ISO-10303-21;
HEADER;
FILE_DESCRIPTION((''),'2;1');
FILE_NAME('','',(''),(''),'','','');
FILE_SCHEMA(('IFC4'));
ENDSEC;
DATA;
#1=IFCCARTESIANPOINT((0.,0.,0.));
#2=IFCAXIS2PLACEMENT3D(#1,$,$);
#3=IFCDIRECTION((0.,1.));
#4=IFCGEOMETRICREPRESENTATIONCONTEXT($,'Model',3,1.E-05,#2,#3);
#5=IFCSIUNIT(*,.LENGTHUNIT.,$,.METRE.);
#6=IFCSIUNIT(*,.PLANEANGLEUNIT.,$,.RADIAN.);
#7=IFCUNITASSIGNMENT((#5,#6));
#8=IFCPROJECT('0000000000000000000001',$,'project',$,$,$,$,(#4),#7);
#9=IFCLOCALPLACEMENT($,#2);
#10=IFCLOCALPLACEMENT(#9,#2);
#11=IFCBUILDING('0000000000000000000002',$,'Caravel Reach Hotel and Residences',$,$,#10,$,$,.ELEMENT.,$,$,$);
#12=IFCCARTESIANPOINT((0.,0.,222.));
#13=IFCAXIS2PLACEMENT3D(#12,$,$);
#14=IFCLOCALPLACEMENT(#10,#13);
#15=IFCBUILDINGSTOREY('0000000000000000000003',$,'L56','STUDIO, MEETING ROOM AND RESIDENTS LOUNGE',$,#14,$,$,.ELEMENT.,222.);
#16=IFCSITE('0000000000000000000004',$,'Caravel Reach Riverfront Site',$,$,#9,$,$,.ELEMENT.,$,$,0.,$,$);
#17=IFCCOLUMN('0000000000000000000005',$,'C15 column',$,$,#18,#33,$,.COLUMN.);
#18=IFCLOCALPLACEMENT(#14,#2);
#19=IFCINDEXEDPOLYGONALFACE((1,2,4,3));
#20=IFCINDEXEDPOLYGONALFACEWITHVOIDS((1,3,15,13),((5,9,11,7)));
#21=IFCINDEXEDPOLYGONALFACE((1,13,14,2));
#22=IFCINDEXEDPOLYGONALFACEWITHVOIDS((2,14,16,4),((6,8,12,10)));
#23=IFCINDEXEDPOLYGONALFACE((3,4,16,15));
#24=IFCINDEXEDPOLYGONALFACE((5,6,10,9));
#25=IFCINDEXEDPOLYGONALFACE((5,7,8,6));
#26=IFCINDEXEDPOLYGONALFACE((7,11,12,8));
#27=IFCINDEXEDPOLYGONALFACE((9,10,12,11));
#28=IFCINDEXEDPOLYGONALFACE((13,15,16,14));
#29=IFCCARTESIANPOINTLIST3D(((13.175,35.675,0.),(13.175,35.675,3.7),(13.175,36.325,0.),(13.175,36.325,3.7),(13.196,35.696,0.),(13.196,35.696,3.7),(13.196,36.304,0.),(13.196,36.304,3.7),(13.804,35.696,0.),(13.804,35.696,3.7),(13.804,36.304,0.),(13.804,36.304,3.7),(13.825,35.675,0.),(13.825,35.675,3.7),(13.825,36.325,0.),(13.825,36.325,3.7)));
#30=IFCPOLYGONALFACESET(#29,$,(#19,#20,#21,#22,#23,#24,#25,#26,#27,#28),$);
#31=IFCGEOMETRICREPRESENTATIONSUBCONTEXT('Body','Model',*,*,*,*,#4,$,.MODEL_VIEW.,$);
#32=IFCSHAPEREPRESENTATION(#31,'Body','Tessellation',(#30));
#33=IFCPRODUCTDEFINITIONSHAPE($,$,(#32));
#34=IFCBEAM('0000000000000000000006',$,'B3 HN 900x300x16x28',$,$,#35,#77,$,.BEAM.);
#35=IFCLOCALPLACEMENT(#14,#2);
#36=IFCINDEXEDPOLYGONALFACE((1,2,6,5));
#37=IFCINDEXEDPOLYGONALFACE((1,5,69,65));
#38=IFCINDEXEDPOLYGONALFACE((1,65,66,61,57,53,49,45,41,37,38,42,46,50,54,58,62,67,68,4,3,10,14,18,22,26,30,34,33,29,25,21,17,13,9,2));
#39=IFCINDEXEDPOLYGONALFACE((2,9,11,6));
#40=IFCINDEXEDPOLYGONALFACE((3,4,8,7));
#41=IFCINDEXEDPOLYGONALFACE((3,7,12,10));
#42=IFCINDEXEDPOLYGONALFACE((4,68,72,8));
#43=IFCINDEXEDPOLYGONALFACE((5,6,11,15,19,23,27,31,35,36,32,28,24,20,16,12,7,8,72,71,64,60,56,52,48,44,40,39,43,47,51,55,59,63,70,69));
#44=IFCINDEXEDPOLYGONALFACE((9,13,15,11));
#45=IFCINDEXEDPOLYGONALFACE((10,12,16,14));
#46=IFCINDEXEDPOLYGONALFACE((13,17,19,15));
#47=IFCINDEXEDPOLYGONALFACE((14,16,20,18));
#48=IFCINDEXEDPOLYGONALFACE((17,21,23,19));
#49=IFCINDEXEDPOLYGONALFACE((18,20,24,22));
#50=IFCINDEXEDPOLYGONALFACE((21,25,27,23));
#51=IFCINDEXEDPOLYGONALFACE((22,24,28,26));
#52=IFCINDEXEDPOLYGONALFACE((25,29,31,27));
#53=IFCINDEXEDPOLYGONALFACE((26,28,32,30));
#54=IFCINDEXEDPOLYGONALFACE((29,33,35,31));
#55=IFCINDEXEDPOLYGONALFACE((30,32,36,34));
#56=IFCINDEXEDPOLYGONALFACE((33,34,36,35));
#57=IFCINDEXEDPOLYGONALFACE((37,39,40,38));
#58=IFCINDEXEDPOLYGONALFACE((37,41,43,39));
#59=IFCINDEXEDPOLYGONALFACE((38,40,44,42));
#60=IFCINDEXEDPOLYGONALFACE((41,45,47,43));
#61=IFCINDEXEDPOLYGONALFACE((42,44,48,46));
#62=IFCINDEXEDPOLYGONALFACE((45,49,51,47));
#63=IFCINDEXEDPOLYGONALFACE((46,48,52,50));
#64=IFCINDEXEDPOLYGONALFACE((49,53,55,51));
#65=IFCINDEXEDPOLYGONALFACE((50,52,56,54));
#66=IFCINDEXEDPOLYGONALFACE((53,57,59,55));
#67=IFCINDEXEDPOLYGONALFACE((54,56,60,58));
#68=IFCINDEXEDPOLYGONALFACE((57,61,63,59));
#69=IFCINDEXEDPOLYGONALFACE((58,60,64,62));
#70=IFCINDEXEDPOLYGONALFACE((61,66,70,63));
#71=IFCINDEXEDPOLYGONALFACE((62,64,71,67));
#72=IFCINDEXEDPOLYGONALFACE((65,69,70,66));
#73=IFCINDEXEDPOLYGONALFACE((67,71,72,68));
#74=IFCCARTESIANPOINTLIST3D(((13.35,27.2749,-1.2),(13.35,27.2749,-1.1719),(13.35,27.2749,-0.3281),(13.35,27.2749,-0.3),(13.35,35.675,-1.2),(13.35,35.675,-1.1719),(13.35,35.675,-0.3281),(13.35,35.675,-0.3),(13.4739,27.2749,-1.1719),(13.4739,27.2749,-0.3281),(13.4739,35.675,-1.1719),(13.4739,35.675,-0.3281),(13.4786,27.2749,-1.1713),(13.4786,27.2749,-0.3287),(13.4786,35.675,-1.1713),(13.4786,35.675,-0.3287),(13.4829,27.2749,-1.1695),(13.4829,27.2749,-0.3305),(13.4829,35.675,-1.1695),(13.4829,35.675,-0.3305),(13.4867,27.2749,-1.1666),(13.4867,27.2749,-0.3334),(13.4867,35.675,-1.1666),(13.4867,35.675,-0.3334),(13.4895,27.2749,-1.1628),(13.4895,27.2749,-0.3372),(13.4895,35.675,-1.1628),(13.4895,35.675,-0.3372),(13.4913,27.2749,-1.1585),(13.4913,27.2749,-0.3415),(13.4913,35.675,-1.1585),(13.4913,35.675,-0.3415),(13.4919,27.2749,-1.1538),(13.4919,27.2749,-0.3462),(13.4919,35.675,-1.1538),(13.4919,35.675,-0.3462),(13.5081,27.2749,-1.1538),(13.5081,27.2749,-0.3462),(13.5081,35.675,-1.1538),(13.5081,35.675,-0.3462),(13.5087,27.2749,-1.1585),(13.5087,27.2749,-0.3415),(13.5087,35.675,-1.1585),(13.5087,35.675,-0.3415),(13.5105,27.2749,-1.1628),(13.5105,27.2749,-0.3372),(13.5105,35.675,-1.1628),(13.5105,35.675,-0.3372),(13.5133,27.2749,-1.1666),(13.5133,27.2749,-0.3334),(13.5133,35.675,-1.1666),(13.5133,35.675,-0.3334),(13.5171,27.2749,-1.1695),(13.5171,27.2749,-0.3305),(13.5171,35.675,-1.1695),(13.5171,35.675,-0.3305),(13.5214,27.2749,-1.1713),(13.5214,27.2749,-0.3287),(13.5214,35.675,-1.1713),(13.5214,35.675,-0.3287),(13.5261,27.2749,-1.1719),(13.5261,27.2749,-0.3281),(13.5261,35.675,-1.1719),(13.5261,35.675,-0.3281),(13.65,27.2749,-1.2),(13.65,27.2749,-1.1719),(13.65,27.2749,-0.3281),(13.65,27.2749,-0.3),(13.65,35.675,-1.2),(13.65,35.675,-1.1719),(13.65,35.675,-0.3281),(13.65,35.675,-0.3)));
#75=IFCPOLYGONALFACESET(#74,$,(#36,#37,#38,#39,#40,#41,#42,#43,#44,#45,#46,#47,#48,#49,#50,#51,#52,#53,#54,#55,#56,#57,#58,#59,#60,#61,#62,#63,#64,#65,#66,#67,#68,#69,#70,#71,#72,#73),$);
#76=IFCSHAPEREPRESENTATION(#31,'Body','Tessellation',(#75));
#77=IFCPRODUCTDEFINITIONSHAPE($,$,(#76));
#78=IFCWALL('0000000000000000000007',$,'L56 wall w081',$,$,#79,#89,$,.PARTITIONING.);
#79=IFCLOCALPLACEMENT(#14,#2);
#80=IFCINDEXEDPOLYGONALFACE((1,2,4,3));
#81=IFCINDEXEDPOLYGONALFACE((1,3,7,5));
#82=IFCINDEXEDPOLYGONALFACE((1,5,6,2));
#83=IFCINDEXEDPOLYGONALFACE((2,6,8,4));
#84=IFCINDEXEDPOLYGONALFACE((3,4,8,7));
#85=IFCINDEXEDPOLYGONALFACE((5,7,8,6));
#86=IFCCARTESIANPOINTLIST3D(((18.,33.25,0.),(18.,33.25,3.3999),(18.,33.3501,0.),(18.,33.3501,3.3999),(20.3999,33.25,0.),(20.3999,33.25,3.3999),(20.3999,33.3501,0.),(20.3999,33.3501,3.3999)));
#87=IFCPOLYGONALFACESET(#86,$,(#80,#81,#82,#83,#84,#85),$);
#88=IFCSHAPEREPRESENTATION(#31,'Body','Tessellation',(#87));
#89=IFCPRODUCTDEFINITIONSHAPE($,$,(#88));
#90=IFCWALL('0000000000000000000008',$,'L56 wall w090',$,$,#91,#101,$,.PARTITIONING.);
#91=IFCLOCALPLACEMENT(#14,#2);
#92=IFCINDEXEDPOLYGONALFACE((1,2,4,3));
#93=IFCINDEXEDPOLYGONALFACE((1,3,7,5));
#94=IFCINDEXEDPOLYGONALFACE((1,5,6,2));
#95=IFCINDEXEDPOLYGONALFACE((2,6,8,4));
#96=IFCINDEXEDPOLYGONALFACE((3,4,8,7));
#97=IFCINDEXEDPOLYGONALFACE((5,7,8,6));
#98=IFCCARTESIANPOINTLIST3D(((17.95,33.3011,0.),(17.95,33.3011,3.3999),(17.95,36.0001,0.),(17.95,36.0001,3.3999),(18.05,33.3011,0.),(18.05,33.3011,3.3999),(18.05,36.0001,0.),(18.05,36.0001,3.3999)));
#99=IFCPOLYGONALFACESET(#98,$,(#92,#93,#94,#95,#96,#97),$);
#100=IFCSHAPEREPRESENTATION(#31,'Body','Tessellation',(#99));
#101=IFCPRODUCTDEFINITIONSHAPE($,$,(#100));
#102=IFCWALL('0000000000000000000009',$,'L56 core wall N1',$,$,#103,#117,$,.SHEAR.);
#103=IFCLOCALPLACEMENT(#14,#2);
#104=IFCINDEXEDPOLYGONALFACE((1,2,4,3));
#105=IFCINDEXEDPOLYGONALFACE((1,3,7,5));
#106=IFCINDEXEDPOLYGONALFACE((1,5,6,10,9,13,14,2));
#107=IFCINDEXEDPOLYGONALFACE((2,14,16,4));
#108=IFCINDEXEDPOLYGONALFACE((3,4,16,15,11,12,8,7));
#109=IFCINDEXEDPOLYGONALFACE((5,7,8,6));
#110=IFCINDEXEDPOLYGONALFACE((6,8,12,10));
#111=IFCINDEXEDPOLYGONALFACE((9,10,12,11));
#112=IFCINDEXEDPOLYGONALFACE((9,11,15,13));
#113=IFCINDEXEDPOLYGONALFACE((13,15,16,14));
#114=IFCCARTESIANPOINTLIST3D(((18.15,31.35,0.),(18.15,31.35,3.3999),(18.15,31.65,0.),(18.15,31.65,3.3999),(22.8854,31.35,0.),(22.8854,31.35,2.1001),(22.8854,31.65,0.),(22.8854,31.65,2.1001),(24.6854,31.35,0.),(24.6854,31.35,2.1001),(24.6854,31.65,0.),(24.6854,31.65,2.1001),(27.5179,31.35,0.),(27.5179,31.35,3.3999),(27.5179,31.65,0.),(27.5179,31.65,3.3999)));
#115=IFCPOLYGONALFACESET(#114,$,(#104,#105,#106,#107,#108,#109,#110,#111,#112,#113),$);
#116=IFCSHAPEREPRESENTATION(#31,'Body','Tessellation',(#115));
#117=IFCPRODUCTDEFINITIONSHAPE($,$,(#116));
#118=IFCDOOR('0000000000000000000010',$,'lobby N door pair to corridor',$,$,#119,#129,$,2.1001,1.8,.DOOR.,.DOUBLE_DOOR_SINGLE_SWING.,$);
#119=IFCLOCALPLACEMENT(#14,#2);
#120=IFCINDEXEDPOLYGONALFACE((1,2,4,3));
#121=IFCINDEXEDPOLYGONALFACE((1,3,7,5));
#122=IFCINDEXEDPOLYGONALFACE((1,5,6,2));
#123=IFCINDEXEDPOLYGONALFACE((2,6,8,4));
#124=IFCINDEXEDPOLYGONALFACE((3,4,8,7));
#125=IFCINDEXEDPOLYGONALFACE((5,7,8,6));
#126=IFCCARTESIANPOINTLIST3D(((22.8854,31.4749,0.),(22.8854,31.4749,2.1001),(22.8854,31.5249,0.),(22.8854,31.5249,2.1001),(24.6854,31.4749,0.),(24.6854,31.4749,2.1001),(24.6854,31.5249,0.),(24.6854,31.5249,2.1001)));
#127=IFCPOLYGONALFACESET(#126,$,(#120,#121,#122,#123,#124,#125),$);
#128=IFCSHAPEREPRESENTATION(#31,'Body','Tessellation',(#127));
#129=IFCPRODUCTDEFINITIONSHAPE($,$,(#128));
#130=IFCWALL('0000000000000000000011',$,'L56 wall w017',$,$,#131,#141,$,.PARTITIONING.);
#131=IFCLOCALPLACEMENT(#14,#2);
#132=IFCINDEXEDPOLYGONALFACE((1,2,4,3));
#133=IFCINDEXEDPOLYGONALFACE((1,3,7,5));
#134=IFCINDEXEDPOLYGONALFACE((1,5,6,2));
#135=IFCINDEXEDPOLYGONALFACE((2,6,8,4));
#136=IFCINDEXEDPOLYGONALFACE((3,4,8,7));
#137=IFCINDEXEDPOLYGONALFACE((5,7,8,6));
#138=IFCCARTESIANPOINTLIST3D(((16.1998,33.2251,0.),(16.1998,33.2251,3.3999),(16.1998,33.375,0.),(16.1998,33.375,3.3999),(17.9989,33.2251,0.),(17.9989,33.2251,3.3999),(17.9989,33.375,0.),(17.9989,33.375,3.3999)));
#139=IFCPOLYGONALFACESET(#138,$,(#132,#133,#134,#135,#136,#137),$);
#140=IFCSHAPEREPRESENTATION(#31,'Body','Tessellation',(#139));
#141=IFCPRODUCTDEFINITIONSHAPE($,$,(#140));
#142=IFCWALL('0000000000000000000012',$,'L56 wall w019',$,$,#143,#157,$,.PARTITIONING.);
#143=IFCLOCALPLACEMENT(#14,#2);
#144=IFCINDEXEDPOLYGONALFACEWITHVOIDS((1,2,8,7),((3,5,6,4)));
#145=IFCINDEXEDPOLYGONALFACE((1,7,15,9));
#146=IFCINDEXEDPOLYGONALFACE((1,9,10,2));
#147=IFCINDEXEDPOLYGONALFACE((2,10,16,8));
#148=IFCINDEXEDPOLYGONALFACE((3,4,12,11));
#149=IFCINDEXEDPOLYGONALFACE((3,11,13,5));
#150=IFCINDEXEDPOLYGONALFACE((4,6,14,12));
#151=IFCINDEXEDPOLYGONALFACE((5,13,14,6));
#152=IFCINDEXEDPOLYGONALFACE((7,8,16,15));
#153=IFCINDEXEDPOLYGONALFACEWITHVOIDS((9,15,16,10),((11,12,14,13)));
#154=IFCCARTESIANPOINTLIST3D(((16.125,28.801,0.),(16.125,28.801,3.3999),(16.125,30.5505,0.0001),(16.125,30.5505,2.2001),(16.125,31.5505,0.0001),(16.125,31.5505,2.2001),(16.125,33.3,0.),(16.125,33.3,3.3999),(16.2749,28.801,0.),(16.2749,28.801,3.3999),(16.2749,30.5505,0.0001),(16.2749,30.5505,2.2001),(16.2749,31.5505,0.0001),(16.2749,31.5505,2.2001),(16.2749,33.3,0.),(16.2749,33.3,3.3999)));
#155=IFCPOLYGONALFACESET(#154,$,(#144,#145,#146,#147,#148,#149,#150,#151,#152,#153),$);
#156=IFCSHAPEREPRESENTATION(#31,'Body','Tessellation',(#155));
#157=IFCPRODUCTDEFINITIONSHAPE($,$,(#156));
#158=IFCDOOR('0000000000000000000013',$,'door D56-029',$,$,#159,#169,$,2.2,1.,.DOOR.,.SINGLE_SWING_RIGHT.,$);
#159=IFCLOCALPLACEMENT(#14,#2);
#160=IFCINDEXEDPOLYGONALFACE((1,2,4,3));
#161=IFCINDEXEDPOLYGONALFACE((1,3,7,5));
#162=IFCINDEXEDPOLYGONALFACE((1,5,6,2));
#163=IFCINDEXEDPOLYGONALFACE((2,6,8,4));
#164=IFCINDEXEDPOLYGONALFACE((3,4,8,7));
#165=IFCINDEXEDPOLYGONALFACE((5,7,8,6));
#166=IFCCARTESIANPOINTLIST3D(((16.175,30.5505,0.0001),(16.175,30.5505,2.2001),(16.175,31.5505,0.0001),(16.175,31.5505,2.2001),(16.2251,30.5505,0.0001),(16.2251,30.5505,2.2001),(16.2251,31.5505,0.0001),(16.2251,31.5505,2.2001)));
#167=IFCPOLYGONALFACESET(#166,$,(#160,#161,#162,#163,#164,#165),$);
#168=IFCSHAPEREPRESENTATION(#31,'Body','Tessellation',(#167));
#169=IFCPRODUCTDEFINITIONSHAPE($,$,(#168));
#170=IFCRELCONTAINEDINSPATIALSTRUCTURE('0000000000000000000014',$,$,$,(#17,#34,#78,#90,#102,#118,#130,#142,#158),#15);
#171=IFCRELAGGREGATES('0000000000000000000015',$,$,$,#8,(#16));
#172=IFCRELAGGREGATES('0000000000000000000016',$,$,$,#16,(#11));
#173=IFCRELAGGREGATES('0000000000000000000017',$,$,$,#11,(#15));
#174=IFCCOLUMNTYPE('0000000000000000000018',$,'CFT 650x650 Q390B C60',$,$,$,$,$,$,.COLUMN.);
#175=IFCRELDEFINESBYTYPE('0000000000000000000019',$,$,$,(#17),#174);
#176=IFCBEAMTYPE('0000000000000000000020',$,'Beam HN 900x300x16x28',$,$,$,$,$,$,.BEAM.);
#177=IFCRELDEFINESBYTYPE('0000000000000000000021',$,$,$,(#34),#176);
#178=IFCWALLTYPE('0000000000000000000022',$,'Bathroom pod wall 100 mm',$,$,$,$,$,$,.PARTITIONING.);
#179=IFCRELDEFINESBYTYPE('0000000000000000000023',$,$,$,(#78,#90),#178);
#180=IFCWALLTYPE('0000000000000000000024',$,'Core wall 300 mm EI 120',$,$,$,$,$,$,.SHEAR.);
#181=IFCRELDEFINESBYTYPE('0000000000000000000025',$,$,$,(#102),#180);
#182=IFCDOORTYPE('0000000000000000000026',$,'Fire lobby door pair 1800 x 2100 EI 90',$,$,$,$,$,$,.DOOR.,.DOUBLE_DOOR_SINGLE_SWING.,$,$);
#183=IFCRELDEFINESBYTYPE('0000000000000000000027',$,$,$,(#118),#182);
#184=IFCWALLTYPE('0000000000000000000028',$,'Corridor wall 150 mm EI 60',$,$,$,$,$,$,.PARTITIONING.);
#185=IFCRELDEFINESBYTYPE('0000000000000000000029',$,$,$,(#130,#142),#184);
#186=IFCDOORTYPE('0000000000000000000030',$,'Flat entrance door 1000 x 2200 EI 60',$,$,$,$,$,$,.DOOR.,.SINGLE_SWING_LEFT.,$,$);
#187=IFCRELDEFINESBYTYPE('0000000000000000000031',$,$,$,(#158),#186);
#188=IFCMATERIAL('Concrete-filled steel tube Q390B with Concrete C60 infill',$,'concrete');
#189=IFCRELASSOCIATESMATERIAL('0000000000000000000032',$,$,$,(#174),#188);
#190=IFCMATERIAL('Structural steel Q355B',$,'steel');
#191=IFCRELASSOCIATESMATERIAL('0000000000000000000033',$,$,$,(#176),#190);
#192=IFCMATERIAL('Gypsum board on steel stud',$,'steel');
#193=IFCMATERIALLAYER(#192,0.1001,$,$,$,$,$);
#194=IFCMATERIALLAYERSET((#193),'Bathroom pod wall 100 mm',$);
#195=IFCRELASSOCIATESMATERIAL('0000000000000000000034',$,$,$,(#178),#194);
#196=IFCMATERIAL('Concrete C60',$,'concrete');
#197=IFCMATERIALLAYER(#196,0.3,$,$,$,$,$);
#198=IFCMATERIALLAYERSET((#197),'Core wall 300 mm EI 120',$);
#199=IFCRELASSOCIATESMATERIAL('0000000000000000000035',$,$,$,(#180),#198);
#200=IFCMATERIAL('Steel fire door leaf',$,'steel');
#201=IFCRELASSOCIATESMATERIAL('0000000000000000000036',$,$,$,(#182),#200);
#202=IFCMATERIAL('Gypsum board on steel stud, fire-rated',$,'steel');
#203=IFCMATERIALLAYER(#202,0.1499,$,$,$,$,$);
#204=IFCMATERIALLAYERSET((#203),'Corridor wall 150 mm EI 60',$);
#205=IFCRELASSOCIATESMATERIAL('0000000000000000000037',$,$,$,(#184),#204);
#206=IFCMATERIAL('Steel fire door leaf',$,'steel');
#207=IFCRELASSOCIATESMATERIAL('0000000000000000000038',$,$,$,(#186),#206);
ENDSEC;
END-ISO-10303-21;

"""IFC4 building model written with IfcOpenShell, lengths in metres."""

from ifc_helpers import new_model, si_unit, direction, frame, frame_2d, origin, origin_2d, place, context, subcontext, project, spatial, rectangle, hollow_rectangle, i_section, extrude, material, layer, layer_set, material_profile, profile_set, type_object, element, fill, save


model = new_model("IFC4")

# Units and contexts
model_context = context("Model", 3, precision=1e-05, world=origin(), true_north=direction((0.0, 1.0)))
body_context = subcontext(model_context, "Body", "Model", "MODEL_VIEW")
ifc_project = project(units=[si_unit("LENGTHUNIT", "METRE"), si_unit("PLANEANGLEUNIT", "RADIAN")], contexts=[model_context])

# Site, building, storey
site_placement = place(None, origin())
site = spatial("IfcSite", under=ifc_project, at=site_placement, Name="Caravel Reach Riverfront Site", CompositionType="ELEMENT", RefElevation=0.0)
building_placement = place(site_placement, origin())
building = spatial("IfcBuilding", under=site, at=building_placement, Name="Caravel Reach Hotel and Residences", CompositionType="ELEMENT")
storey_placement = place(building_placement, frame((0.0, 0.0, 222.0)))
storey = spatial("IfcBuildingStorey", under=building, at=storey_placement, Name="L56", Description="STUDIO, MEETING ROOM AND RESIDENTS LOUNGE", CompositionType="ELEMENT", Elevation=222.0)

# Column
ifc_material_1 = material(Name="Concrete-filled steel tube Q390B with Concrete C60 infill", Category="concrete")
ifc_material_profile_1 = material_profile(ifc_material_1, hollow_rectangle(XDim=0.6499, YDim=0.6499, WallThickness=0.021, at=origin_2d()), Name="RHS 650x650x21")
ifc_profile_set_1 = profile_set([ifc_material_profile_1], Name="Concrete-filled steel tube Q390B with Concrete C60 infill")
column_type = type_object("IfcColumnType", Name="CFT 650x650 Q390B C60", PredefinedType="COLUMN", material=ifc_profile_set_1)
column_placement = place(storey_placement, frame((13.5, 36.0, 0.0), z_axis=(0.0, 0.0, 1.0), x_axis=(1.0, 0.0, 0.0)))
element("IfcColumn", 1, at=column_placement, inside=storey, type_object=column_type, Name="C15 column", PredefinedType="COLUMN", context=body_context, shape_type="SweptSolid", body=[
    extrude(hollow_rectangle(XDim=0.6499, YDim=0.6499, WallThickness=0.021, at=origin_2d()), origin(), (0.0, 0.0, 1.0), 3.7),
])

# Beam
ifc_material_2 = material(Name="Structural steel Q355B", Category="steel")
ifc_material_profile_2 = material_profile(ifc_material_2, i_section(OverallWidth=0.3, OverallDepth=0.8999, WebThickness=0.0161, FlangeThickness=0.0281, FilletRadius=0.0181, at=origin_2d()), Name="HN 900x300x16x28")
ifc_profile_set_2 = profile_set([ifc_material_profile_2], Name="Structural steel Q355B")
beam_type = type_object("IfcBeamType", Name="Beam HN 900x300x16x28", PredefinedType="BEAM", material=ifc_profile_set_2)
beam_placement = place(storey_placement, frame((13.5, 27.2749, -0.75), z_axis=(0.0, 1.0, 0.0), x_axis=(-1.0, 0.0, 0.0)))
element("IfcBeam", 2, at=beam_placement, inside=storey, type_object=beam_type, Name="B3 HN 900x300x16x28", PredefinedType="BEAM", context=body_context, shape_type="SweptSolid", body=[
    extrude(i_section(OverallWidth=0.3, OverallDepth=0.8999, WebThickness=0.0161, FlangeThickness=0.0281, FilletRadius=0.0181, at=origin_2d()), origin(), (0.0, 0.0, 1.0), 8.4001),
])

# Walls
ifc_material_3 = material(Name="Gypsum board on steel stud", Category="steel")
ifc_layer_1 = layer(ifc_material_3, 0.1001)
ifc_layer_set_1 = layer_set([ifc_layer_1], Name="Bathroom pod wall 100 mm")
wall_type_1 = type_object("IfcWallType", Name="Bathroom pod wall 100 mm", PredefinedType="PARTITIONING", material=ifc_layer_set_1)
wall_1_placement = place(storey_placement, frame((18.0, 33.3, 0.0), z_axis=(0.0, 0.0, 1.0), x_axis=(1.0, 0.0, 0.0)))
element("IfcWall", 3, at=wall_1_placement, inside=storey, type_object=wall_type_1, Name="L56 wall w081", PredefinedType="PARTITIONING", context=body_context, shape_type="SweptSolid", body=[
    extrude(rectangle(XDim=2.3999, YDim=0.1001, at=frame_2d((1.2, 0.0))), origin(), (0.0, 0.0, 1.0), 3.3999),
])
wall_2_placement = place(storey_placement, frame((18.0, 33.301, 0.0), z_axis=(0.0, 0.0, 1.0), x_axis=(0.0, 1.0, 0.0)))
element("IfcWall", 4, at=wall_2_placement, inside=storey, type_object=wall_type_1, Name="L56 wall w090", PredefinedType="PARTITIONING", context=body_context, shape_type="SweptSolid", body=[
    extrude(rectangle(XDim=2.699, YDim=0.1001, at=frame_2d((1.3496, 0.0))), origin(), (0.0, 0.0, 1.0), 3.3999),
])

# Wall, opening, door
ifc_material_4 = material(Name="Concrete C60", Category="concrete")
ifc_layer_2 = layer(ifc_material_4, 0.3)
ifc_layer_set_2 = layer_set([ifc_layer_2], Name="Core wall 300 mm EI 120")
wall_type_2 = type_object("IfcWallType", Name="Core wall 300 mm EI 120", PredefinedType="SHEAR", material=ifc_layer_set_2)
wall_3_placement = place(storey_placement, frame((18.1499, 31.5, 0.0), z_axis=(0.0, 0.0, 1.0), x_axis=(1.0, 0.0, 0.0)))
wall_3 = element("IfcWall", 5, at=wall_3_placement, inside=storey, type_object=wall_type_2, Name="L56 core wall N1", PredefinedType="SHEAR", context=body_context, shape_type="SweptSolid", body=[
    extrude(rectangle(XDim=9.3679, YDim=0.3, at=frame_2d((4.6841, 0.0))), origin(), (0.0, 0.0, 1.0), 3.3999),
])
opening_1_placement = place(wall_3_placement, frame((4.7356, 0.0, 0.0)))
opening_1 = element("IfcOpeningElement", 6, at=opening_1_placement, cuts=wall_3, PredefinedType="OPENING", context=body_context, shape_type="SweptSolid", body=[
    extrude(rectangle(XDim=1.8, YDim=2.1001, at=frame_2d((0.8999, 1.05))), frame((0.0, 0.1599, 0.0), z_axis=(0.0, -1.0, 0.0), x_axis=(1.0, 0.0, 0.0)), (0.0, 0.0, 1.0), 0.3201),
])
ifc_material_5 = material(Name="Steel fire door leaf", Category="steel")
door_type_1 = type_object("IfcDoorType", Name="Fire lobby door pair 1800 x 2100 EI 90", OperationType="DOUBLE_DOOR_SINGLE_SWING", PredefinedType="DOOR", material=ifc_material_5)
door_1_placement = place(opening_1_placement, origin())
door_1 = element("IfcDoor", 7, at=door_1_placement, inside=storey, type_object=door_type_1, Name="lobby N door pair to corridor", OperationType="DOUBLE_DOOR_SINGLE_SWING", OverallHeight=2.1001, OverallWidth=1.8, PredefinedType="DOOR", context=body_context, shape_type="SweptSolid", body=[
    extrude(rectangle(XDim=1.8, YDim=2.1001, at=frame_2d((0.8999, 1.05))), frame((0.0, 0.0249, 0.0), z_axis=(0.0, -1.0, 0.0), x_axis=(1.0, 0.0, 0.0)), (0.0, 0.0, 1.0), 0.05),
])
fill(opening_1, door_1)

# Wall
ifc_material_6 = material(Name="Gypsum board on steel stud, fire-rated", Category="steel")
ifc_layer_3 = layer(ifc_material_6, 0.1499)
ifc_layer_set_3 = layer_set([ifc_layer_3], Name="Corridor wall 150 mm EI 60")
wall_type_3 = type_object("IfcWallType", Name="Corridor wall 150 mm EI 60", PredefinedType="PARTITIONING", material=ifc_layer_set_3)
wall_4_placement = place(storey_placement, frame((16.2, 33.3, 0.0), z_axis=(0.0, 0.0, 1.0), x_axis=(1.0, 0.0, 0.0)))
element("IfcWall", 8, at=wall_4_placement, inside=storey, type_object=wall_type_3, Name="L56 wall w017", PredefinedType="PARTITIONING", context=body_context, shape_type="SweptSolid", body=[
    extrude(rectangle(XDim=1.7991, YDim=0.1499, at=frame_2d((0.8994, 0.0))), origin(), (0.0, 0.0, 1.0), 3.3999),
])

# Wall, opening, door
wall_5_placement = place(storey_placement, frame((16.2, 28.801, 0.0), z_axis=(0.0, 0.0, 1.0), x_axis=(0.0, 1.0, 0.0)))
wall_5 = element("IfcWall", 9, at=wall_5_placement, inside=storey, type_object=wall_type_3, Name="L56 wall w019", PredefinedType="PARTITIONING", context=body_context, shape_type="SweptSolid", body=[
    extrude(rectangle(XDim=4.499, YDim=0.1499, at=frame_2d((2.2495, 0.0))), origin(), (0.0, 0.0, 1.0), 3.3999),
])
opening_2_placement = place(wall_5_placement, frame((1.7495, 0.0, 0.0)))
opening_2 = element("IfcOpeningElement", 10, at=opening_2_placement, cuts=wall_5, PredefinedType="OPENING", context=body_context, shape_type="SweptSolid", body=[
    extrude(rectangle(XDim=1.0, YDim=2.2, at=frame_2d((0.5, 1.1001))), frame((0.0, 0.085, 0.0), z_axis=(0.0, -1.0, 0.0), x_axis=(1.0, 0.0, 0.0)), (0.0, 0.0, 1.0), 0.1699),
])
ifc_material_7 = material(Name="Steel fire door leaf", Category="steel")
door_type_2 = type_object("IfcDoorType", Name="Flat entrance door 1000 x 2200 EI 60", OperationType="SINGLE_SWING_LEFT", PredefinedType="DOOR", material=ifc_material_7)
door_2_placement = place(opening_2_placement, origin())
door_2 = element("IfcDoor", 11, at=door_2_placement, inside=storey, type_object=door_type_2, Name="door D56-029", OperationType="SINGLE_SWING_RIGHT", OverallHeight=2.2, OverallWidth=1.0, PredefinedType="DOOR", context=body_context, shape_type="SweptSolid", body=[
    extrude(rectangle(XDim=1.0, YDim=2.2, at=frame_2d((0.5, 1.1001))), frame((0.0, 0.0249, 0.0), z_axis=(0.0, -1.0, 0.0), x_axis=(1.0, 0.0, 0.0)), (0.0, 0.0, 1.0), 0.05),
])
fill(opening_2, door_2)

save(model, "model.ifc")
